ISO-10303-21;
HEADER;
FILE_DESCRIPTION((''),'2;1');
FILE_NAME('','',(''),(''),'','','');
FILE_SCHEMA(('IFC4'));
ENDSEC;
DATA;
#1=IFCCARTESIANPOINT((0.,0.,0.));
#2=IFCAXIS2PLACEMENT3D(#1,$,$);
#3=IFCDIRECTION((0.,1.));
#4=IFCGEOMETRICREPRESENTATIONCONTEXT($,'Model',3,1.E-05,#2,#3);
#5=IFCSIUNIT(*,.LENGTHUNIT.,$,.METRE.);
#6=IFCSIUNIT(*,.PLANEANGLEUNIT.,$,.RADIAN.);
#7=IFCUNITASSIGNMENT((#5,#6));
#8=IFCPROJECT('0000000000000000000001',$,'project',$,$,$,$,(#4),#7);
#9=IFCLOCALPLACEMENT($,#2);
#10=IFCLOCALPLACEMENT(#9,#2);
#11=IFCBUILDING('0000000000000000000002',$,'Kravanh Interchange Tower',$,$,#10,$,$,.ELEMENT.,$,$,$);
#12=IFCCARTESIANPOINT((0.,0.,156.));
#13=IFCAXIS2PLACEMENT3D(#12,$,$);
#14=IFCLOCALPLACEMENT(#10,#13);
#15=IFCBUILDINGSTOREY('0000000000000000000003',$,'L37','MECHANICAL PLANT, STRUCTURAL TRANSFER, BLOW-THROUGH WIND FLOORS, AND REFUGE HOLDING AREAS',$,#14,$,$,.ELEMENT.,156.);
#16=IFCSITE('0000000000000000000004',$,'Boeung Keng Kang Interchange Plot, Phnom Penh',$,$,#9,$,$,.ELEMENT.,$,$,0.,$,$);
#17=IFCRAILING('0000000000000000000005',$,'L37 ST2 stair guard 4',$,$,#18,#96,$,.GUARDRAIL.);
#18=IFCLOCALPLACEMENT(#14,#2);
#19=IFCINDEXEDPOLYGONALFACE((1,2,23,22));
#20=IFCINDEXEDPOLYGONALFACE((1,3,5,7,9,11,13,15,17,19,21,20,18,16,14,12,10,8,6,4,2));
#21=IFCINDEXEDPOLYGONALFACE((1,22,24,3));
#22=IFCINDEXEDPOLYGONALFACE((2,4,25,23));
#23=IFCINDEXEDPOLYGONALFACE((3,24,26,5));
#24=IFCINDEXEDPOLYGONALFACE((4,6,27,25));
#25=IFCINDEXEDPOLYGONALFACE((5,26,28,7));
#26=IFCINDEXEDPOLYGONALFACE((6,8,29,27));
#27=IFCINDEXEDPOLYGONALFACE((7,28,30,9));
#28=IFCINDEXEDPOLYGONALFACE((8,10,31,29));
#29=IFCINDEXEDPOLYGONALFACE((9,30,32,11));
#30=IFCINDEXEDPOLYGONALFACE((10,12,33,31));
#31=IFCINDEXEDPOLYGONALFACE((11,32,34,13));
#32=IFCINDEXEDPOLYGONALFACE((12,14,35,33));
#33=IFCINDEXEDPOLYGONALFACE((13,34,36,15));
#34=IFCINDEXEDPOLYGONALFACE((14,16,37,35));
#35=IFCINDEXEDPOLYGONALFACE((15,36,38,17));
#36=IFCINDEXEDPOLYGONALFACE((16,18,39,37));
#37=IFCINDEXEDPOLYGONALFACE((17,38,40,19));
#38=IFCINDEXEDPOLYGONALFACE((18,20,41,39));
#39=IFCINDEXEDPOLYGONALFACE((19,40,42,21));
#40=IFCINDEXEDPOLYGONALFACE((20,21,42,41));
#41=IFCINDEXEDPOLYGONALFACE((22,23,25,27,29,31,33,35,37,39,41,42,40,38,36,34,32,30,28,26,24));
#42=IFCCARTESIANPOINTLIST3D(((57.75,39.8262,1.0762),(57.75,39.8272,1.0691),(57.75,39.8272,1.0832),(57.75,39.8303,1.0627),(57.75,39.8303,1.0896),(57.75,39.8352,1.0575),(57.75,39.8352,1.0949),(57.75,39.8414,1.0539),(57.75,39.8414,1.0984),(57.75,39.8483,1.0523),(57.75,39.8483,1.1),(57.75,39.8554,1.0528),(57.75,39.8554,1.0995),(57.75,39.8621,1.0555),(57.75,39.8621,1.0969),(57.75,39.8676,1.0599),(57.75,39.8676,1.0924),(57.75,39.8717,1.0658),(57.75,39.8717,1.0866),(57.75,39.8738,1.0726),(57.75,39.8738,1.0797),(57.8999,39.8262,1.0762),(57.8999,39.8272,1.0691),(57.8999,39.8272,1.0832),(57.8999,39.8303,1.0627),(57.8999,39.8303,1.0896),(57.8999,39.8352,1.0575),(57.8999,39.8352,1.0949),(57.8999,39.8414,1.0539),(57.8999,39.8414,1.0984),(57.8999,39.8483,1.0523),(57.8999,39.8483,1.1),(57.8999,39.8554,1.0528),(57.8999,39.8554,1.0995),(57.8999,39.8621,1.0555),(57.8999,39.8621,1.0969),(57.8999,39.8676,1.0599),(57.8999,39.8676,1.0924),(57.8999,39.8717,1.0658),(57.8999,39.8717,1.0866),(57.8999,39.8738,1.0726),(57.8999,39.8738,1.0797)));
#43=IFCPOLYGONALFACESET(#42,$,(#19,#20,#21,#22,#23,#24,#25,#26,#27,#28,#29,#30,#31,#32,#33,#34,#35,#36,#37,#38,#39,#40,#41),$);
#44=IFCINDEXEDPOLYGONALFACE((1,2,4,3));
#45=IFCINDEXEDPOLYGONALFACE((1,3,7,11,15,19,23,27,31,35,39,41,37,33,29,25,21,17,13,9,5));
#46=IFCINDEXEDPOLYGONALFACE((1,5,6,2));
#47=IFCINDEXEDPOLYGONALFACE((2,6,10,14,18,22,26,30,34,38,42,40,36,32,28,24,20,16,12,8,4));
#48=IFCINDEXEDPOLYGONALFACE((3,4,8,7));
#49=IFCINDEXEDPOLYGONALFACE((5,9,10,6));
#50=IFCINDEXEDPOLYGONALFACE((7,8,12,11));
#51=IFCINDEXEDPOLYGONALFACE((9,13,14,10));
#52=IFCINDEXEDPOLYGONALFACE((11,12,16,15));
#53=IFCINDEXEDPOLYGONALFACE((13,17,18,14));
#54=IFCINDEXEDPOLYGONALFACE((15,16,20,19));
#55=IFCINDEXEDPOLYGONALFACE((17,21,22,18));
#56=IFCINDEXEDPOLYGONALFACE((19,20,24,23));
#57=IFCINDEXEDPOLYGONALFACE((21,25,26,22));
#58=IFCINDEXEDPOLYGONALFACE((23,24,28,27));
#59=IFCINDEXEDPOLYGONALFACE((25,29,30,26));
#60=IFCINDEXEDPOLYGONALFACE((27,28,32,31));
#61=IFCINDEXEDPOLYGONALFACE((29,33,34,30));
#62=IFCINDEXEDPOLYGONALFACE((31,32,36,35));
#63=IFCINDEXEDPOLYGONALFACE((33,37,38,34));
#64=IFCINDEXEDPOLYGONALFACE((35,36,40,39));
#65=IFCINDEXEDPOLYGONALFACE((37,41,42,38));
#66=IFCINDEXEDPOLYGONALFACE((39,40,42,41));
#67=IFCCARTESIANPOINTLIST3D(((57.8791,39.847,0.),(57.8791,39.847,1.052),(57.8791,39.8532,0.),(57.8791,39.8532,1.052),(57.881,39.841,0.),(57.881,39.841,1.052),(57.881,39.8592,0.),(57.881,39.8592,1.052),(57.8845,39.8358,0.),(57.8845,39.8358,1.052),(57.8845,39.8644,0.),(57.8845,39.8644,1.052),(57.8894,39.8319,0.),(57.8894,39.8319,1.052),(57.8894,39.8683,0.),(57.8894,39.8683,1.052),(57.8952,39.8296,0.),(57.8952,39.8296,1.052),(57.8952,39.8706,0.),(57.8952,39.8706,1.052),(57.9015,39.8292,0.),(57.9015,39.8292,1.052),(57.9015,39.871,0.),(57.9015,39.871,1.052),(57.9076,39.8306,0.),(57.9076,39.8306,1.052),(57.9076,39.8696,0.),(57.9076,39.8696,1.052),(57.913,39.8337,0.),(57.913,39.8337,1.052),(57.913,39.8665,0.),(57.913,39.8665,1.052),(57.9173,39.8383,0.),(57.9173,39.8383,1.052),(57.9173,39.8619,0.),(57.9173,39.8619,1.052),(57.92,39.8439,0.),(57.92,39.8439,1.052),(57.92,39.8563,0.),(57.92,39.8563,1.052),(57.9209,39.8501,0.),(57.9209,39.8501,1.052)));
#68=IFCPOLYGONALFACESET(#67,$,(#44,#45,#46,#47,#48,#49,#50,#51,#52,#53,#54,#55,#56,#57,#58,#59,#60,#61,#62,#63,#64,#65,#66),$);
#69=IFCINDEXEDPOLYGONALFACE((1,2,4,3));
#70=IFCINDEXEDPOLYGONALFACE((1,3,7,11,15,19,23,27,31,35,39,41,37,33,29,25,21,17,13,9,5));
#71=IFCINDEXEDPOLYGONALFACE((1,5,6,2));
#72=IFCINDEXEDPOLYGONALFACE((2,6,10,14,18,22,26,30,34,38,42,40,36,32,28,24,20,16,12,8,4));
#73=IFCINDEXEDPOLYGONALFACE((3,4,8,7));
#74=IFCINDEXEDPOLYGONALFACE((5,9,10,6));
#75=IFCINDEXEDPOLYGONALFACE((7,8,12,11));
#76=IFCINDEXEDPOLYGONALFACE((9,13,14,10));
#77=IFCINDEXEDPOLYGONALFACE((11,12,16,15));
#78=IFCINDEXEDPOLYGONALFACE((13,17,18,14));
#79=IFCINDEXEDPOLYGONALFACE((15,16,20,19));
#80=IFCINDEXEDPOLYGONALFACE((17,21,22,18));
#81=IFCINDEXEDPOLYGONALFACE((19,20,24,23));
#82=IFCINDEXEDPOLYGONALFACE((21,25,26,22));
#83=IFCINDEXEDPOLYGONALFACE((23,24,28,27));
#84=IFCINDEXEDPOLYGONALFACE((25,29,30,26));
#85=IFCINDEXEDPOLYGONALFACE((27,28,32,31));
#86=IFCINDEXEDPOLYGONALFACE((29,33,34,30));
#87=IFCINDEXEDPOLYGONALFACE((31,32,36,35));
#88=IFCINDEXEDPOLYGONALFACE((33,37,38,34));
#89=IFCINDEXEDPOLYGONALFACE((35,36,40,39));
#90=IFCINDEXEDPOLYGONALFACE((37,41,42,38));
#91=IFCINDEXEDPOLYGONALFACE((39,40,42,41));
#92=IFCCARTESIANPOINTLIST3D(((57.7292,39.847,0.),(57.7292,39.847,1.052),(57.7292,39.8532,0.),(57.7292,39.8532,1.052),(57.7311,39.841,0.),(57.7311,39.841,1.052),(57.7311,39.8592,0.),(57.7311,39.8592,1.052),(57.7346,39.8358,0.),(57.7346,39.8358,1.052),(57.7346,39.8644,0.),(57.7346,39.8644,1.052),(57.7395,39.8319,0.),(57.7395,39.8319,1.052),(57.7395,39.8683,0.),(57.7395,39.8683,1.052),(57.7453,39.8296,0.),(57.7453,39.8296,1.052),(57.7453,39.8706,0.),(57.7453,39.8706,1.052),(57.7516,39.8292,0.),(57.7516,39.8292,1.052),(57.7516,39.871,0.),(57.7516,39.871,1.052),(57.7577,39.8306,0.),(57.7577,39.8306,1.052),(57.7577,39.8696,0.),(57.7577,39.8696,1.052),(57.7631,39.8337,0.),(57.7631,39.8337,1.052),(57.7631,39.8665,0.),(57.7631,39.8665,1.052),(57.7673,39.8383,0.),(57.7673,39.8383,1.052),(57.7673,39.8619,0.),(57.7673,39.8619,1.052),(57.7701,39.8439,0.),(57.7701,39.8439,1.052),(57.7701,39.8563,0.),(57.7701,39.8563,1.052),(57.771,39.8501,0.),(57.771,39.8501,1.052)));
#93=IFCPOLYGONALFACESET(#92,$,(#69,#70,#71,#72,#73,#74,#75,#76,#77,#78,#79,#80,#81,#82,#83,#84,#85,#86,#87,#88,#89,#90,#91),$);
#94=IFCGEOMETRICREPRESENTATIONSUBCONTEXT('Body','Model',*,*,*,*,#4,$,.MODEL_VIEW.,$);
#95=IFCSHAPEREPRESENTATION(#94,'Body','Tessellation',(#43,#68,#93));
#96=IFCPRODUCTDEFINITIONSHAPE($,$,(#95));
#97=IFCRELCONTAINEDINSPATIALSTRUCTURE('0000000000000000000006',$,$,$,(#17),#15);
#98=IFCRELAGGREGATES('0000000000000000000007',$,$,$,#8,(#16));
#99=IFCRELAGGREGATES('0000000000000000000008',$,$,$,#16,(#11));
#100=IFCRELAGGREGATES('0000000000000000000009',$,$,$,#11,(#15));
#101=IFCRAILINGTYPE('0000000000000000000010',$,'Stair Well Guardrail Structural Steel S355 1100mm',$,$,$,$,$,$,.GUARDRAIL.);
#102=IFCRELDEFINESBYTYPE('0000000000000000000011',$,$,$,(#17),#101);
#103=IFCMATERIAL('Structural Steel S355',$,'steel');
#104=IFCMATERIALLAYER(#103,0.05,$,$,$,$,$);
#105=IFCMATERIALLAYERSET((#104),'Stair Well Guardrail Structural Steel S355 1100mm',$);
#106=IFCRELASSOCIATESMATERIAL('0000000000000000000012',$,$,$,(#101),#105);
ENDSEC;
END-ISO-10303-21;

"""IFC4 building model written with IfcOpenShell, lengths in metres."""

from ifc_helpers import new_model, si_unit, direction, frame, origin, origin_2d, place, context, subcontext, project, spatial, circle, extrude, material, layer, layer_set, type_object, element, save


model = new_model("IFC4")

# Units and contexts
model_context = context("Model", 3, precision=1e-05, world=origin(), true_north=direction((0.0, 1.0)))
body_context = subcontext(model_context, "Body", "Model", "MODEL_VIEW")
ifc_project = project(units=[si_unit("LENGTHUNIT", "METRE"), si_unit("PLANEANGLEUNIT", "RADIAN")], contexts=[model_context])

# Site, building, storey
site_placement = place(None, origin())
site = spatial("IfcSite", under=ifc_project, at=site_placement, Name="Boeung Keng Kang Interchange Plot, Phnom Penh", CompositionType="ELEMENT", RefElevation=0.0)
building_placement = place(site_placement, origin())
building = spatial("IfcBuilding", under=site, at=building_placement, Name="Kravanh Interchange Tower", CompositionType="ELEMENT")
storey_placement = place(building_placement, frame((0.0, 0.0, 156.0)))
storey = spatial("IfcBuildingStorey", under=building, at=storey_placement, Name="L37", Description="MECHANICAL PLANT, STRUCTURAL TRANSFER, BLOW-THROUGH WIND FLOORS, AND REFUGE HOLDING AREAS", CompositionType="ELEMENT", Elevation=156.0)

# Railing
ifc_material_1 = material(Name="Structural Steel S355", Category="steel")
ifc_layer_1 = layer(ifc_material_1, 0.05)
ifc_layer_set_1 = layer_set([ifc_layer_1], Name="Stair Well Guardrail Structural Steel S355 1100mm")
railing_type_1 = type_object("IfcRailingType", Name="Stair Well Guardrail Structural Steel S355 1100mm", PredefinedType="GUARDRAIL", material=ifc_layer_set_1)
railing_1_placement = place(storey_placement, frame((57.8999, 39.8501, 0.0)))
element("IfcRailing", 1, at=railing_1_placement, inside=storey, type_object=railing_type_1, Name="L37 ST2 stair guard 4", PredefinedType="GUARDRAIL", context=body_context, shape_type="SweptSolid", body=[
    extrude(circle(Radius=0.0239, at=origin_2d()), frame((0.0, 0.0, 1.0762), z_axis=(-1.0, 0.0, 0.0), x_axis=(0.0, -1.0, 0.0)), (0.0, 0.0, 1.0), 0.1499),
    extrude(circle(Radius=0.021, at=origin_2d()), origin(), (0.0, 0.0, 1.0), 1.052),
    extrude(circle(Radius=0.021, at=origin_2d()), frame((-0.1499, 0.0, 0.0)), (0.0, 0.0, 1.0), 1.052),
])

save(model, "model.ifc")
